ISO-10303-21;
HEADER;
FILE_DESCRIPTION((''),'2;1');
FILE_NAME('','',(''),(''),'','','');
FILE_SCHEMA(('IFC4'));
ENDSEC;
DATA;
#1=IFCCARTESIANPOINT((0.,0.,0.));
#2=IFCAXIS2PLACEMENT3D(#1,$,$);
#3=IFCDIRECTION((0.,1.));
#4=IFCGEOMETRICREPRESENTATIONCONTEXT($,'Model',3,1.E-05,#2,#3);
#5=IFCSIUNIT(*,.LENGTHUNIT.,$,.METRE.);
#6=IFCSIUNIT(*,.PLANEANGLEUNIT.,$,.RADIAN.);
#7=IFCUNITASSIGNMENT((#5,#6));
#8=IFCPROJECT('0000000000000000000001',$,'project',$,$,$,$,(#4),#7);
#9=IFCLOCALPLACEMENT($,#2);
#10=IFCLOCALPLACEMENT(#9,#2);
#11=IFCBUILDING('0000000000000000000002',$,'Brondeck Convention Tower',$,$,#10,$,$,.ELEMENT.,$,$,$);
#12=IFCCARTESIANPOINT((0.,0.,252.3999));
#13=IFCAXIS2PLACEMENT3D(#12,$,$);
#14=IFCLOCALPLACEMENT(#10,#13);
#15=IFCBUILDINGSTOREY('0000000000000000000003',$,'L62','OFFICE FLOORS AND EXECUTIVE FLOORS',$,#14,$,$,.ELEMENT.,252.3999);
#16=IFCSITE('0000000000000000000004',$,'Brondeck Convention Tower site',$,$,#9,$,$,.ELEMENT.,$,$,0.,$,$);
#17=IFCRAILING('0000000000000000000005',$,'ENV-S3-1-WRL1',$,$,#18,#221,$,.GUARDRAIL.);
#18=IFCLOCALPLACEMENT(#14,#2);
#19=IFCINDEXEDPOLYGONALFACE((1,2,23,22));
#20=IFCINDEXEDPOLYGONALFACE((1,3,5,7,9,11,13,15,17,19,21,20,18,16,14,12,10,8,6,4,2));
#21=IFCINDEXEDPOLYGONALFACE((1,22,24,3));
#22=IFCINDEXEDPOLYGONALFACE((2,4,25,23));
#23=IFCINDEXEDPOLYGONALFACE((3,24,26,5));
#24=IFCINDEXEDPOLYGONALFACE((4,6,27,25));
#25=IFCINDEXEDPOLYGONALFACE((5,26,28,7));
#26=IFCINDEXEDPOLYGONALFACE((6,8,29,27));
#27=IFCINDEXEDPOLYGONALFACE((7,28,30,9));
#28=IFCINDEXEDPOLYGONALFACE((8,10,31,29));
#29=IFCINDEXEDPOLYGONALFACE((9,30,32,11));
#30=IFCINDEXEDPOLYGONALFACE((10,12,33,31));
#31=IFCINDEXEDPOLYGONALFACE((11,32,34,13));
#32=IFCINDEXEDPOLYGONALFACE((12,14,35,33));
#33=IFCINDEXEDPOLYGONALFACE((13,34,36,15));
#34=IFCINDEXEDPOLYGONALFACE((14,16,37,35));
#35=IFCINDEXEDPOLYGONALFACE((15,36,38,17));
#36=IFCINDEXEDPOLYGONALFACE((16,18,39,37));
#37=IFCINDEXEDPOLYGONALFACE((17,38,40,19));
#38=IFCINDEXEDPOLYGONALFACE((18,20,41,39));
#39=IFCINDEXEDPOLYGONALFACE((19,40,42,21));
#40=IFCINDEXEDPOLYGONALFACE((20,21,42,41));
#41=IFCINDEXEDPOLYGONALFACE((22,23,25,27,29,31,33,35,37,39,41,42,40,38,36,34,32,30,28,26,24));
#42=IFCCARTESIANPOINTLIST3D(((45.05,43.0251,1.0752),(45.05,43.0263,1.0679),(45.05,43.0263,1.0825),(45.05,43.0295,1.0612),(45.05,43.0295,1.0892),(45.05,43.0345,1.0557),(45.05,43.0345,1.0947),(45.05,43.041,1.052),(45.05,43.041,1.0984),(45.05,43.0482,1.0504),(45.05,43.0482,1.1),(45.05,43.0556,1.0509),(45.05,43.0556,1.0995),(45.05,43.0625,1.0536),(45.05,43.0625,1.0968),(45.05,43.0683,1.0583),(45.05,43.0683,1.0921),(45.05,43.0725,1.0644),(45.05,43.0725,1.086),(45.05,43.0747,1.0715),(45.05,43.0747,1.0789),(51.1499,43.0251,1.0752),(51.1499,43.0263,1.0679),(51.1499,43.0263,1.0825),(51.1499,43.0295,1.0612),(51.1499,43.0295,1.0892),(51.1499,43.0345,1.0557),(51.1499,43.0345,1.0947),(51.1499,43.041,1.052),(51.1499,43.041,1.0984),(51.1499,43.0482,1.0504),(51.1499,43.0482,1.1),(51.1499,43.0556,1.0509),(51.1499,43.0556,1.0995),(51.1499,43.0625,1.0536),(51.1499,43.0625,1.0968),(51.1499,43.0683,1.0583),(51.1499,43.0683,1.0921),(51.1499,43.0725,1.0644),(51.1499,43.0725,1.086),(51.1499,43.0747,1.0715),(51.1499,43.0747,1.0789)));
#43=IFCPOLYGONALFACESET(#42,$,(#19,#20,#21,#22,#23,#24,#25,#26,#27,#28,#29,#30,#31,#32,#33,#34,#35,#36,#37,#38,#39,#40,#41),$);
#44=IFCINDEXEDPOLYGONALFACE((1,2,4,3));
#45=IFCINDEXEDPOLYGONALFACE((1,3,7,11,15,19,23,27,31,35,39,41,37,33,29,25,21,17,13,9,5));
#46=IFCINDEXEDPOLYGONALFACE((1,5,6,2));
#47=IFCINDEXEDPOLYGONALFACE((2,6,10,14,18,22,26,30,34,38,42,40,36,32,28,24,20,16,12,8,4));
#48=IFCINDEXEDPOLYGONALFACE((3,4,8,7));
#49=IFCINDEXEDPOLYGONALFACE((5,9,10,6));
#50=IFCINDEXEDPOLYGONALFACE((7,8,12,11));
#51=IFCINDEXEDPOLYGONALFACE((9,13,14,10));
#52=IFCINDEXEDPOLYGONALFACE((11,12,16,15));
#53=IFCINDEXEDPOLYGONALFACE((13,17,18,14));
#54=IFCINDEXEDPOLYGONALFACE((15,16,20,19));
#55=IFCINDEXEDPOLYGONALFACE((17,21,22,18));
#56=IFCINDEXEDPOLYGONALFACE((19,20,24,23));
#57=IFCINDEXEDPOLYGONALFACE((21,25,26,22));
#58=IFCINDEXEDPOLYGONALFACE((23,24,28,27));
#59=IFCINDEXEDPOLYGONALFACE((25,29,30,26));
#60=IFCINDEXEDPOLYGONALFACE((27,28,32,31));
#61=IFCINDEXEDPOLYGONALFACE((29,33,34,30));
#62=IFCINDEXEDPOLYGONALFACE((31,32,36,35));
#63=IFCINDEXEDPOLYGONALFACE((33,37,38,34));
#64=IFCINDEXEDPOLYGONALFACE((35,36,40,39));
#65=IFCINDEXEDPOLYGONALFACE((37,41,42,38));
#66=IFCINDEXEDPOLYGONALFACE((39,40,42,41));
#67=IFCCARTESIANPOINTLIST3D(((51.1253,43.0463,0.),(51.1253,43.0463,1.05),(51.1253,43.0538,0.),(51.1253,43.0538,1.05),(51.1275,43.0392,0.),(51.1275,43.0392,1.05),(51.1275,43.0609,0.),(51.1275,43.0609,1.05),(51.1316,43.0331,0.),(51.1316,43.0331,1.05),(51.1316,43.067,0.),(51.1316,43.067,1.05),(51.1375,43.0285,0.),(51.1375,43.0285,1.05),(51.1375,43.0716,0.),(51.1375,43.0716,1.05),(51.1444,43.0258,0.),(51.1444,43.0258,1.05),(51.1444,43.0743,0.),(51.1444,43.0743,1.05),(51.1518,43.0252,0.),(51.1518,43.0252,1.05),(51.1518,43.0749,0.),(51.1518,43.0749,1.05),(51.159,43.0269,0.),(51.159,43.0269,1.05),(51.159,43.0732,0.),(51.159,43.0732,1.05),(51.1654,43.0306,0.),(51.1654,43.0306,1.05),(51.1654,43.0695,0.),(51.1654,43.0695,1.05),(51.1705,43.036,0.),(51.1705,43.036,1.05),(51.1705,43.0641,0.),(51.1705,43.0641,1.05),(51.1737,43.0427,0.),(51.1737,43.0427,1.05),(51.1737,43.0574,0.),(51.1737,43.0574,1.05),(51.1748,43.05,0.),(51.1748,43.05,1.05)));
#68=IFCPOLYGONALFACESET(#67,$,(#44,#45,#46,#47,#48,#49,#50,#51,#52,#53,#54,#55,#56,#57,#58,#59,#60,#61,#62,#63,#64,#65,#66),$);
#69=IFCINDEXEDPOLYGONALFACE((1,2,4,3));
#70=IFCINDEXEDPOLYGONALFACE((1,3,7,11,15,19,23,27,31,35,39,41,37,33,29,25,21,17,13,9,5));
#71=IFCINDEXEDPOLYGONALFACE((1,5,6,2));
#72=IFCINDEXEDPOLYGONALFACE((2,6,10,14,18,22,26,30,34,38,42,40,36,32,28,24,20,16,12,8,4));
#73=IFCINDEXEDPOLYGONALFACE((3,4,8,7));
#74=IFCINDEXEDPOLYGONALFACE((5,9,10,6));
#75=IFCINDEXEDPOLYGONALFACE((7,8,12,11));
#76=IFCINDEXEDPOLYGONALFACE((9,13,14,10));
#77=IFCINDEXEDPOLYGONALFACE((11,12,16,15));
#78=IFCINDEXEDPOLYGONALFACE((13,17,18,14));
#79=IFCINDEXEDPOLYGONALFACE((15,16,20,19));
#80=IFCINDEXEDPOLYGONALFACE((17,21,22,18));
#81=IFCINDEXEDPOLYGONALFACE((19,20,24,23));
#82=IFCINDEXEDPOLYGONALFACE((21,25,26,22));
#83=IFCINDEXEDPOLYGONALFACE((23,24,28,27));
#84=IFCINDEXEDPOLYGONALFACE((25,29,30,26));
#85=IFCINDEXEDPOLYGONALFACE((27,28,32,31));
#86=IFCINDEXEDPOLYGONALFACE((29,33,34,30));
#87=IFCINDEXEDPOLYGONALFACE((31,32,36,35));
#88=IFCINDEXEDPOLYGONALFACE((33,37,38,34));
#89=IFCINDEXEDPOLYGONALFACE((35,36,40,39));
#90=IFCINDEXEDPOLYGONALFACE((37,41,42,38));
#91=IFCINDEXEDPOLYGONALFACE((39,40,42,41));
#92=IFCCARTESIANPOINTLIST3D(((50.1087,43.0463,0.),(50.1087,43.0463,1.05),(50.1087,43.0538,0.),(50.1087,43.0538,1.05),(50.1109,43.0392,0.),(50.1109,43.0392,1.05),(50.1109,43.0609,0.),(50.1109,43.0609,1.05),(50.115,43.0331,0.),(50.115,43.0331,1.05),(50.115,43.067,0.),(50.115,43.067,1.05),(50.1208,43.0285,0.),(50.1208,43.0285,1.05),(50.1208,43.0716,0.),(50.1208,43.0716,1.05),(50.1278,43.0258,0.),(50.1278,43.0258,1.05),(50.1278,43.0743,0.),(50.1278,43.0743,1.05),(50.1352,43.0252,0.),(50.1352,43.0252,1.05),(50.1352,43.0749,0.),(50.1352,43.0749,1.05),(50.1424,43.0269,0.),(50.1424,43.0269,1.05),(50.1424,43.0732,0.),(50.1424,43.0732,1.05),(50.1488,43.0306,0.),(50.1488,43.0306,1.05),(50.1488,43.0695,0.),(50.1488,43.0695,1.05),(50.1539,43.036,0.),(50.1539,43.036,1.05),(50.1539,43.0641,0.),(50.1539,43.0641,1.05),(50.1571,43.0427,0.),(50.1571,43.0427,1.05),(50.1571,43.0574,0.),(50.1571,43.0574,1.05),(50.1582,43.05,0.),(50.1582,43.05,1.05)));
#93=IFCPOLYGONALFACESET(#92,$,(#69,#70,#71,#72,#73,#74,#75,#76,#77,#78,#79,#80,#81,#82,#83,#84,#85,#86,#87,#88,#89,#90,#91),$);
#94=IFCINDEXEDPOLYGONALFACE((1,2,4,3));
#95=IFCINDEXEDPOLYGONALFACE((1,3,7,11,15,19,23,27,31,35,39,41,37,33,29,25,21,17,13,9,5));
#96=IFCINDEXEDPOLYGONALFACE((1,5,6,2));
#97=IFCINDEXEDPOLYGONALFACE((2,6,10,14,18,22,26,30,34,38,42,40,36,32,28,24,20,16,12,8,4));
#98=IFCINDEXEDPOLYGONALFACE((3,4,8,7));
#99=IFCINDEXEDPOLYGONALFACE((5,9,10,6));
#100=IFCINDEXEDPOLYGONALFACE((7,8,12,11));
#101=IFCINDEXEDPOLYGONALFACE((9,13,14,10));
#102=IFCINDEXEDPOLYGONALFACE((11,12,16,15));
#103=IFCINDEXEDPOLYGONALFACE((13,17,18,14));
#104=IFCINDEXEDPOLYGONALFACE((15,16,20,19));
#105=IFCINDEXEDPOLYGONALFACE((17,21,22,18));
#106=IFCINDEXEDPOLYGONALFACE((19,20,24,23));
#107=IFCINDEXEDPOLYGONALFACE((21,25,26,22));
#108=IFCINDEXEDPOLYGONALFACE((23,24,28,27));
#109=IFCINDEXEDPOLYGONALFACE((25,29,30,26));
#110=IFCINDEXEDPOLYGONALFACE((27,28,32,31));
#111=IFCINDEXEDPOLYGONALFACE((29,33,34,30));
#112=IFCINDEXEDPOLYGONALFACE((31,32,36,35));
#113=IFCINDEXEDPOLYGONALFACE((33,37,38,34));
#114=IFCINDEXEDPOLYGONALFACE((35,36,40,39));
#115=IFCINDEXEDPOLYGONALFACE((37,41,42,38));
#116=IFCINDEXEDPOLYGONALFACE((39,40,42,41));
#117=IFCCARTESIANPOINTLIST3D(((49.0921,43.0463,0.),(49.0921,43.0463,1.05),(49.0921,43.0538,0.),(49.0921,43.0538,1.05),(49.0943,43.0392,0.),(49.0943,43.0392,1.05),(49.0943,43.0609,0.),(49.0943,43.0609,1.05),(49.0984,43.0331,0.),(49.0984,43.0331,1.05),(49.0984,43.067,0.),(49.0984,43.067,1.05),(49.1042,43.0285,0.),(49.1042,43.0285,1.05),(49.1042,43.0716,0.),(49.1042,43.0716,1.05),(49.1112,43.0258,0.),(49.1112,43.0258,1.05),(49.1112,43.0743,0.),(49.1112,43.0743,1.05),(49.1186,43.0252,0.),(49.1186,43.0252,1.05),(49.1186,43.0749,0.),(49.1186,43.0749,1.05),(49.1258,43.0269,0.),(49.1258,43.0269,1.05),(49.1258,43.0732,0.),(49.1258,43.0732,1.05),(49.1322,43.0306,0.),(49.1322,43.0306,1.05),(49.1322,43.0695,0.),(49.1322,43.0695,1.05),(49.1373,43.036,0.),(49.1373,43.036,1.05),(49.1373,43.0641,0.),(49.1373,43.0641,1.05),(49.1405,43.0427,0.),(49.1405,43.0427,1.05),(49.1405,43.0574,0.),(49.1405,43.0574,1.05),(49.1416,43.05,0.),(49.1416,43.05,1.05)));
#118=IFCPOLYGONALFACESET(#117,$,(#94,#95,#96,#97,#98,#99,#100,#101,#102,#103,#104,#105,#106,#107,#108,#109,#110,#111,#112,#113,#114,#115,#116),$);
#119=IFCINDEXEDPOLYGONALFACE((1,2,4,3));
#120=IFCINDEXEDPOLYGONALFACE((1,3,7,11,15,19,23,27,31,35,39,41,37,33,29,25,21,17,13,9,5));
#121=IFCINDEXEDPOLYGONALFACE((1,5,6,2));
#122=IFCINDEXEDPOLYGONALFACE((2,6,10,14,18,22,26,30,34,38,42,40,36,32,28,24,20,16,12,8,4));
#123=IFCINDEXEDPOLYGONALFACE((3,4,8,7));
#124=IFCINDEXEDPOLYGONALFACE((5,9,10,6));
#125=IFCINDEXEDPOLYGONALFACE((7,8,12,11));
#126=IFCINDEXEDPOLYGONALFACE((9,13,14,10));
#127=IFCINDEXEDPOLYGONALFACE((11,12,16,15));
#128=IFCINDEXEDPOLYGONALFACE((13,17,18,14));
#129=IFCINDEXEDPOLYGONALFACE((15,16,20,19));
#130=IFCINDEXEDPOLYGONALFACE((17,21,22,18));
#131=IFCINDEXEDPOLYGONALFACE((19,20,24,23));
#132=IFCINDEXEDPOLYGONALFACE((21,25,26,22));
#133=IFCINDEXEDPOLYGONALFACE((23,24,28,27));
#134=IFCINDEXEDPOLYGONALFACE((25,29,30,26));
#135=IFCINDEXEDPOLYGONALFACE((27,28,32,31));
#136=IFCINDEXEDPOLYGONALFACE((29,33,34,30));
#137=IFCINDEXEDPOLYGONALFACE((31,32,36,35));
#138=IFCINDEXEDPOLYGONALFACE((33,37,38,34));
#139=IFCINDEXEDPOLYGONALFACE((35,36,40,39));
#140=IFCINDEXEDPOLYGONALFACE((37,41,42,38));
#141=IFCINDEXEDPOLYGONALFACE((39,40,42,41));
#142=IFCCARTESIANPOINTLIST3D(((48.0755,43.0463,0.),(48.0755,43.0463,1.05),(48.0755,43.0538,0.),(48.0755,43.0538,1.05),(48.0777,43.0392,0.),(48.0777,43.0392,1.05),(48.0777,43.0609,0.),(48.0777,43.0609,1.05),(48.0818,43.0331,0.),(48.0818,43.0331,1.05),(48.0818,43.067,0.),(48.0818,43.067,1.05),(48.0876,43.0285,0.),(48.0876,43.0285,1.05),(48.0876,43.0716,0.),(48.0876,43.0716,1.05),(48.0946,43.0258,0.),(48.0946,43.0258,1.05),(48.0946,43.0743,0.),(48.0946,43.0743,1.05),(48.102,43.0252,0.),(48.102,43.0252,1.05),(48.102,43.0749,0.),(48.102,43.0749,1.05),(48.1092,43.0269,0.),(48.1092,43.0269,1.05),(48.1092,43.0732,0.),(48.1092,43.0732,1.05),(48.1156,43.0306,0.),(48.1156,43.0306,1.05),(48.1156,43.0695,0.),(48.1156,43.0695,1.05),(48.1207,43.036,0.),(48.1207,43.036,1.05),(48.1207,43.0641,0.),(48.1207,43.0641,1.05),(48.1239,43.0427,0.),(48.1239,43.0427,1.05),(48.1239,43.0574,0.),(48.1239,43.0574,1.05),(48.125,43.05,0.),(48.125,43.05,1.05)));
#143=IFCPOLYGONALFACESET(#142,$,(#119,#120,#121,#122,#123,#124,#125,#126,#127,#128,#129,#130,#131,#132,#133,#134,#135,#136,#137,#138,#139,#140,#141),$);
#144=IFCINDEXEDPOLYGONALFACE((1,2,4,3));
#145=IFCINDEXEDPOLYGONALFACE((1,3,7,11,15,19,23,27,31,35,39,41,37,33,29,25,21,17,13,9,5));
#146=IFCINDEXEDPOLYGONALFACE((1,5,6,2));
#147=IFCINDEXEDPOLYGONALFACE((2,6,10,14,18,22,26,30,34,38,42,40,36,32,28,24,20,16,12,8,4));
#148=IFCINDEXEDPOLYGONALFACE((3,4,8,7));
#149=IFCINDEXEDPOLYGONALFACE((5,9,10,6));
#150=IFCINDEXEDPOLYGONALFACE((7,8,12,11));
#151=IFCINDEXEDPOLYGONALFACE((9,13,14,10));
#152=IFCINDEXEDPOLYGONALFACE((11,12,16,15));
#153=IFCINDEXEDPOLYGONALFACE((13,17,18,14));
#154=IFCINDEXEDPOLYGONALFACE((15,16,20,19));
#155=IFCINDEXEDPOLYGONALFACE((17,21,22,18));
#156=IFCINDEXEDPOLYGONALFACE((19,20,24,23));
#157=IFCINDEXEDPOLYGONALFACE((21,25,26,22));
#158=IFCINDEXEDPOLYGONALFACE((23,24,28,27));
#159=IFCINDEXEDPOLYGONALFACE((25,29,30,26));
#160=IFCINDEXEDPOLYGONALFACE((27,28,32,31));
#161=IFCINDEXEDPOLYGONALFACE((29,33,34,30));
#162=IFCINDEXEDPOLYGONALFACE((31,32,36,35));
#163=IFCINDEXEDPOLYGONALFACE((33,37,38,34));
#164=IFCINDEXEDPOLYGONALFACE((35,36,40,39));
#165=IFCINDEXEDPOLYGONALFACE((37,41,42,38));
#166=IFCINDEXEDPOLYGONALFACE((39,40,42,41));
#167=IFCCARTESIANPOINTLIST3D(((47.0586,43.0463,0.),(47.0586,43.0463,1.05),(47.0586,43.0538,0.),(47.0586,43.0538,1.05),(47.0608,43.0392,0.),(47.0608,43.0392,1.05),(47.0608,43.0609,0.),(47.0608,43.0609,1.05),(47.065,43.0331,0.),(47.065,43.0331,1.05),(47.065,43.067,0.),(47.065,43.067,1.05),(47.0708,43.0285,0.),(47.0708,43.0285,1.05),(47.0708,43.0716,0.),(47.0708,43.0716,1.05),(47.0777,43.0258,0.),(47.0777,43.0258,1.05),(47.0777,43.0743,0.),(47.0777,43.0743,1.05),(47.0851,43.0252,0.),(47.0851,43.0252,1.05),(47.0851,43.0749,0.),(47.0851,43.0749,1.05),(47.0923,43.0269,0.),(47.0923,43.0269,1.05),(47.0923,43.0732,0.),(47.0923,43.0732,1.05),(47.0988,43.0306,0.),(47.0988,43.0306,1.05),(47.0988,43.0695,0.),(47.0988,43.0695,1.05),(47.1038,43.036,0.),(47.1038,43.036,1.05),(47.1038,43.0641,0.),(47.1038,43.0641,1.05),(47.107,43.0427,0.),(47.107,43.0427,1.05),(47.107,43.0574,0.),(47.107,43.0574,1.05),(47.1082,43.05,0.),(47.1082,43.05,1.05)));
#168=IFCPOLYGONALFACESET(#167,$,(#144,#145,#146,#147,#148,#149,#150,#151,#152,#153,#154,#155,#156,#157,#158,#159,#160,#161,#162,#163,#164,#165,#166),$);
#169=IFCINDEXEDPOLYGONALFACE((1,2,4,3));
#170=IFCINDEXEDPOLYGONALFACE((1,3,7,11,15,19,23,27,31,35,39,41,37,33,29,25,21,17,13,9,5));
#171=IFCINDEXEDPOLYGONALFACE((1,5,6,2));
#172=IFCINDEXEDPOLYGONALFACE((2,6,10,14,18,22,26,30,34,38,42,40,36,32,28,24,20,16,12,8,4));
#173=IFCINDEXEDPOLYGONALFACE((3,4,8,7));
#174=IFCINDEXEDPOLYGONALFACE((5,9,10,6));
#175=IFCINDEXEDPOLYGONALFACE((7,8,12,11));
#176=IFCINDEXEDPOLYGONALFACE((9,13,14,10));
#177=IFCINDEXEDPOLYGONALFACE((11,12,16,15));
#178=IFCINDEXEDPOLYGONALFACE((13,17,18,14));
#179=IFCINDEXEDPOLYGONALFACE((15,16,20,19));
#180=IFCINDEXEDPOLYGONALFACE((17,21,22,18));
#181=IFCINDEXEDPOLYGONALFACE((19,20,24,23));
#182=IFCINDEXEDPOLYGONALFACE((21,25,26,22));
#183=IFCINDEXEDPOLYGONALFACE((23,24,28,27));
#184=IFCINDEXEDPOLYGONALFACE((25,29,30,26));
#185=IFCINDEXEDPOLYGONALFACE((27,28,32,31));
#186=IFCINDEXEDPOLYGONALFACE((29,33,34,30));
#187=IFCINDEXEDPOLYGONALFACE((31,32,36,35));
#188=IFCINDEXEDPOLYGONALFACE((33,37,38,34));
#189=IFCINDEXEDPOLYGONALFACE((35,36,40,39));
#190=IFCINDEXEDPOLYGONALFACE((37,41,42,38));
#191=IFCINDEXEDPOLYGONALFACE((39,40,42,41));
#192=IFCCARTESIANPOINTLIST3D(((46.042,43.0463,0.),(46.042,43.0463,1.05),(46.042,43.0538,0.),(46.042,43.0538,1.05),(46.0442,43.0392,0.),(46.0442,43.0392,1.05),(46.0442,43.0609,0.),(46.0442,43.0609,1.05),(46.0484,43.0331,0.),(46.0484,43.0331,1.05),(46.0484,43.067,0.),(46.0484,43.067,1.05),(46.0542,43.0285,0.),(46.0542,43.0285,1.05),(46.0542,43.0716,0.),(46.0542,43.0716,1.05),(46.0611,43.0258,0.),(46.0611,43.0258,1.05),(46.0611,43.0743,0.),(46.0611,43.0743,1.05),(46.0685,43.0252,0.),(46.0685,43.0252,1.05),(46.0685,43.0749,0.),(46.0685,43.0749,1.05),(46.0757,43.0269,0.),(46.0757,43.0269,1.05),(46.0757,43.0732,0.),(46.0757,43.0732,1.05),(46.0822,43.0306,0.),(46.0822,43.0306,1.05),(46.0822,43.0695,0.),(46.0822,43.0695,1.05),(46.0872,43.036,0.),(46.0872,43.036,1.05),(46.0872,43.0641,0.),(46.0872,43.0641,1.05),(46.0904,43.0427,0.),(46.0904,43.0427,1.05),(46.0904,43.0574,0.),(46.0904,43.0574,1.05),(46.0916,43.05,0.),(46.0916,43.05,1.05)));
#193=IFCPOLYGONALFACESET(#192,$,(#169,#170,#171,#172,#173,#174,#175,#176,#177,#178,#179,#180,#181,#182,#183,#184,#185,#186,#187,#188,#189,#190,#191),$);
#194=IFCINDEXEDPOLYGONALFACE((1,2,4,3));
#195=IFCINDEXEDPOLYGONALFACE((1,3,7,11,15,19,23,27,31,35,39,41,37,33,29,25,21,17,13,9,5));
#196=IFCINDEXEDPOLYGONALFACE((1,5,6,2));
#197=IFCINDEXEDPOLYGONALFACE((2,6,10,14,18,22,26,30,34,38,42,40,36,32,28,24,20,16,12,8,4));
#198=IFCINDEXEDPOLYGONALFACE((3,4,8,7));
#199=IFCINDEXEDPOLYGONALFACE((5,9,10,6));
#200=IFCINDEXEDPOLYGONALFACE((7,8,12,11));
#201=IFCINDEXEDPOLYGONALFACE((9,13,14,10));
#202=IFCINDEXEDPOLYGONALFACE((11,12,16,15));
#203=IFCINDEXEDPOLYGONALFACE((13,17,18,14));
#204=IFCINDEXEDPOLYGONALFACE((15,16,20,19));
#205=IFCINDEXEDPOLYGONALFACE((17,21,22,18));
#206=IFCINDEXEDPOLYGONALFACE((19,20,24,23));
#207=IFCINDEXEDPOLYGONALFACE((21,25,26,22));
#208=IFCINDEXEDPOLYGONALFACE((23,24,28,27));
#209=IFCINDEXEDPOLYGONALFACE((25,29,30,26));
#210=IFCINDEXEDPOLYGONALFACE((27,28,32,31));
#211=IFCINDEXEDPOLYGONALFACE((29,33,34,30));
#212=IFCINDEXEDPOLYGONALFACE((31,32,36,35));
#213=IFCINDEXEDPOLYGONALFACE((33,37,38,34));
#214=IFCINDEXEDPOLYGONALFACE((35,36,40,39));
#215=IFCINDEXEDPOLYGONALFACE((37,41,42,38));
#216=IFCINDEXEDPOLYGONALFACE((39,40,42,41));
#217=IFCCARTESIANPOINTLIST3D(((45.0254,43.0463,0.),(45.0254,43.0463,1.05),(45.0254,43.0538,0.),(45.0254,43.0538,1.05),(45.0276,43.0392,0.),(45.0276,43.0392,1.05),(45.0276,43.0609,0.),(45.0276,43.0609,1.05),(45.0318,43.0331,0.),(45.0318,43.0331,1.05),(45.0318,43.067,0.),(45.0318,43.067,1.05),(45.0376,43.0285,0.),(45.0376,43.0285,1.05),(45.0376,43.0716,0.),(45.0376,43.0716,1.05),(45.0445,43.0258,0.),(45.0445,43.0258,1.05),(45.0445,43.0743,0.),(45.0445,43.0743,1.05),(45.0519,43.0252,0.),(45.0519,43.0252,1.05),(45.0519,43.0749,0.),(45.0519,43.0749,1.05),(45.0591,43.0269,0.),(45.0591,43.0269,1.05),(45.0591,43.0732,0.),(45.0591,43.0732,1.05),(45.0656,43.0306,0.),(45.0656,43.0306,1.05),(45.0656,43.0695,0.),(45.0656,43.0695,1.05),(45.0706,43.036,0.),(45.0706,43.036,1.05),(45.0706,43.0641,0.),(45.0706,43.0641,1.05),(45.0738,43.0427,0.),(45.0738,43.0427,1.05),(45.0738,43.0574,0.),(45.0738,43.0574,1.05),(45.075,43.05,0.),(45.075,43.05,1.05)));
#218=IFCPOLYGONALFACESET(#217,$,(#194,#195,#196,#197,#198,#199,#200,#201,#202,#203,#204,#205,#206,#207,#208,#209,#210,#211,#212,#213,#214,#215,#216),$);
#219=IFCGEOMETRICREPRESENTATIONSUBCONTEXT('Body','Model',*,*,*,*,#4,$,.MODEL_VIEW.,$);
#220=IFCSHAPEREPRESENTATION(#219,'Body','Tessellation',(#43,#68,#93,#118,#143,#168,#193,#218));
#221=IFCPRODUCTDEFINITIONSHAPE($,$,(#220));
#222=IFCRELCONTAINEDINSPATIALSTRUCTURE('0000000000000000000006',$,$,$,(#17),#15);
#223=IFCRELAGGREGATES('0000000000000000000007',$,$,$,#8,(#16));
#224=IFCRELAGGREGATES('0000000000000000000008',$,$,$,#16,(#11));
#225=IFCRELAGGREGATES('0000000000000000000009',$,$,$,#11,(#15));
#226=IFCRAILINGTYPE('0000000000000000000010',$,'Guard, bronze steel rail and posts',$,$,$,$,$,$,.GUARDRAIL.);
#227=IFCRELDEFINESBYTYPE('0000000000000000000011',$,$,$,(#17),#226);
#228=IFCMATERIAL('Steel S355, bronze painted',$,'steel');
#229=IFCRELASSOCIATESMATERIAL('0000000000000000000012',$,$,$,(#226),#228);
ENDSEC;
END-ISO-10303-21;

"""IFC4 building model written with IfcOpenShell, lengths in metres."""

from ifc_helpers import new_model, si_unit, direction, frame, origin, origin_2d, place, context, subcontext, project, spatial, circle, extrude, material, type_object, element, save


model = new_model("IFC4")

# Units and contexts
model_context = context("Model", 3, precision=1e-05, world=origin(), true_north=direction((0.0, 1.0)))
body_context = subcontext(model_context, "Body", "Model", "MODEL_VIEW")
ifc_project = project(units=[si_unit("LENGTHUNIT", "METRE"), si_unit("PLANEANGLEUNIT", "RADIAN")], contexts=[model_context])

# Site, building, storey
site_placement = place(None, origin())
site = spatial("IfcSite", under=ifc_project, at=site_placement, Name="Brondeck Convention Tower site", CompositionType="ELEMENT", RefElevation=0.0)
building_placement = place(site_placement, origin())
building = spatial("IfcBuilding", under=site, at=building_placement, Name="Brondeck Convention Tower", CompositionType="ELEMENT")
storey_placement = place(building_placement, frame((0.0, 0.0, 252.3999)))
storey = spatial("IfcBuildingStorey", under=building, at=storey_placement, Name="L62", Description="OFFICE FLOORS AND EXECUTIVE FLOORS", CompositionType="ELEMENT", Elevation=252.3999)

# Railing
ifc_material_1 = material(Name="Steel S355, bronze painted", Category="steel")
railing_type_1 = type_object("IfcRailingType", Name="Guard, bronze steel rail and posts", PredefinedType="GUARDRAIL", material=ifc_material_1)
railing_1_placement = place(storey_placement, frame((51.1499, 43.05, 0.0)))
element("IfcRailing", 1, at=railing_1_placement, inside=storey, type_object=railing_type_1, Name="ENV-S3-1-WRL1", PredefinedType="GUARDRAIL", context=body_context, shape_type="SweptSolid", body=[
    extrude(circle(Radius=0.0249, at=origin_2d()), frame((0.0, 0.0, 1.0752), z_axis=(-1.0, 0.0, 0.0), x_axis=(0.0, -1.0, 0.0)), (0.0, 0.0, 1.0), 6.0999),
    extrude(circle(Radius=0.0249, at=origin_2d()), origin(), (0.0, 0.0, 1.0), 1.05),
    extrude(circle(Radius=0.0249, at=origin_2d()), frame((-1.0166, 0.0, 0.0)), (0.0, 0.0, 1.0), 1.05),
    extrude(circle(Radius=0.0249, at=origin_2d()), frame((-2.0332, 0.0, 0.0)), (0.0, 0.0, 1.0), 1.05),
    extrude(circle(Radius=0.0249, at=origin_2d()), frame((-3.0498, 0.0, 0.0)), (0.0, 0.0, 1.0), 1.05),
    extrude(circle(Radius=0.0249, at=origin_2d()), frame((-4.0667, 0.0, 0.0)), (0.0, 0.0, 1.0), 1.05),
    extrude(circle(Radius=0.0249, at=origin_2d()), frame((-5.0833, 0.0, 0.0)), (0.0, 0.0, 1.0), 1.05),
    extrude(circle(Radius=0.0249, at=origin_2d()), frame((-6.0999, 0.0, 0.0)), (0.0, 0.0, 1.0), 1.05),
])

save(model, "model.ifc")
